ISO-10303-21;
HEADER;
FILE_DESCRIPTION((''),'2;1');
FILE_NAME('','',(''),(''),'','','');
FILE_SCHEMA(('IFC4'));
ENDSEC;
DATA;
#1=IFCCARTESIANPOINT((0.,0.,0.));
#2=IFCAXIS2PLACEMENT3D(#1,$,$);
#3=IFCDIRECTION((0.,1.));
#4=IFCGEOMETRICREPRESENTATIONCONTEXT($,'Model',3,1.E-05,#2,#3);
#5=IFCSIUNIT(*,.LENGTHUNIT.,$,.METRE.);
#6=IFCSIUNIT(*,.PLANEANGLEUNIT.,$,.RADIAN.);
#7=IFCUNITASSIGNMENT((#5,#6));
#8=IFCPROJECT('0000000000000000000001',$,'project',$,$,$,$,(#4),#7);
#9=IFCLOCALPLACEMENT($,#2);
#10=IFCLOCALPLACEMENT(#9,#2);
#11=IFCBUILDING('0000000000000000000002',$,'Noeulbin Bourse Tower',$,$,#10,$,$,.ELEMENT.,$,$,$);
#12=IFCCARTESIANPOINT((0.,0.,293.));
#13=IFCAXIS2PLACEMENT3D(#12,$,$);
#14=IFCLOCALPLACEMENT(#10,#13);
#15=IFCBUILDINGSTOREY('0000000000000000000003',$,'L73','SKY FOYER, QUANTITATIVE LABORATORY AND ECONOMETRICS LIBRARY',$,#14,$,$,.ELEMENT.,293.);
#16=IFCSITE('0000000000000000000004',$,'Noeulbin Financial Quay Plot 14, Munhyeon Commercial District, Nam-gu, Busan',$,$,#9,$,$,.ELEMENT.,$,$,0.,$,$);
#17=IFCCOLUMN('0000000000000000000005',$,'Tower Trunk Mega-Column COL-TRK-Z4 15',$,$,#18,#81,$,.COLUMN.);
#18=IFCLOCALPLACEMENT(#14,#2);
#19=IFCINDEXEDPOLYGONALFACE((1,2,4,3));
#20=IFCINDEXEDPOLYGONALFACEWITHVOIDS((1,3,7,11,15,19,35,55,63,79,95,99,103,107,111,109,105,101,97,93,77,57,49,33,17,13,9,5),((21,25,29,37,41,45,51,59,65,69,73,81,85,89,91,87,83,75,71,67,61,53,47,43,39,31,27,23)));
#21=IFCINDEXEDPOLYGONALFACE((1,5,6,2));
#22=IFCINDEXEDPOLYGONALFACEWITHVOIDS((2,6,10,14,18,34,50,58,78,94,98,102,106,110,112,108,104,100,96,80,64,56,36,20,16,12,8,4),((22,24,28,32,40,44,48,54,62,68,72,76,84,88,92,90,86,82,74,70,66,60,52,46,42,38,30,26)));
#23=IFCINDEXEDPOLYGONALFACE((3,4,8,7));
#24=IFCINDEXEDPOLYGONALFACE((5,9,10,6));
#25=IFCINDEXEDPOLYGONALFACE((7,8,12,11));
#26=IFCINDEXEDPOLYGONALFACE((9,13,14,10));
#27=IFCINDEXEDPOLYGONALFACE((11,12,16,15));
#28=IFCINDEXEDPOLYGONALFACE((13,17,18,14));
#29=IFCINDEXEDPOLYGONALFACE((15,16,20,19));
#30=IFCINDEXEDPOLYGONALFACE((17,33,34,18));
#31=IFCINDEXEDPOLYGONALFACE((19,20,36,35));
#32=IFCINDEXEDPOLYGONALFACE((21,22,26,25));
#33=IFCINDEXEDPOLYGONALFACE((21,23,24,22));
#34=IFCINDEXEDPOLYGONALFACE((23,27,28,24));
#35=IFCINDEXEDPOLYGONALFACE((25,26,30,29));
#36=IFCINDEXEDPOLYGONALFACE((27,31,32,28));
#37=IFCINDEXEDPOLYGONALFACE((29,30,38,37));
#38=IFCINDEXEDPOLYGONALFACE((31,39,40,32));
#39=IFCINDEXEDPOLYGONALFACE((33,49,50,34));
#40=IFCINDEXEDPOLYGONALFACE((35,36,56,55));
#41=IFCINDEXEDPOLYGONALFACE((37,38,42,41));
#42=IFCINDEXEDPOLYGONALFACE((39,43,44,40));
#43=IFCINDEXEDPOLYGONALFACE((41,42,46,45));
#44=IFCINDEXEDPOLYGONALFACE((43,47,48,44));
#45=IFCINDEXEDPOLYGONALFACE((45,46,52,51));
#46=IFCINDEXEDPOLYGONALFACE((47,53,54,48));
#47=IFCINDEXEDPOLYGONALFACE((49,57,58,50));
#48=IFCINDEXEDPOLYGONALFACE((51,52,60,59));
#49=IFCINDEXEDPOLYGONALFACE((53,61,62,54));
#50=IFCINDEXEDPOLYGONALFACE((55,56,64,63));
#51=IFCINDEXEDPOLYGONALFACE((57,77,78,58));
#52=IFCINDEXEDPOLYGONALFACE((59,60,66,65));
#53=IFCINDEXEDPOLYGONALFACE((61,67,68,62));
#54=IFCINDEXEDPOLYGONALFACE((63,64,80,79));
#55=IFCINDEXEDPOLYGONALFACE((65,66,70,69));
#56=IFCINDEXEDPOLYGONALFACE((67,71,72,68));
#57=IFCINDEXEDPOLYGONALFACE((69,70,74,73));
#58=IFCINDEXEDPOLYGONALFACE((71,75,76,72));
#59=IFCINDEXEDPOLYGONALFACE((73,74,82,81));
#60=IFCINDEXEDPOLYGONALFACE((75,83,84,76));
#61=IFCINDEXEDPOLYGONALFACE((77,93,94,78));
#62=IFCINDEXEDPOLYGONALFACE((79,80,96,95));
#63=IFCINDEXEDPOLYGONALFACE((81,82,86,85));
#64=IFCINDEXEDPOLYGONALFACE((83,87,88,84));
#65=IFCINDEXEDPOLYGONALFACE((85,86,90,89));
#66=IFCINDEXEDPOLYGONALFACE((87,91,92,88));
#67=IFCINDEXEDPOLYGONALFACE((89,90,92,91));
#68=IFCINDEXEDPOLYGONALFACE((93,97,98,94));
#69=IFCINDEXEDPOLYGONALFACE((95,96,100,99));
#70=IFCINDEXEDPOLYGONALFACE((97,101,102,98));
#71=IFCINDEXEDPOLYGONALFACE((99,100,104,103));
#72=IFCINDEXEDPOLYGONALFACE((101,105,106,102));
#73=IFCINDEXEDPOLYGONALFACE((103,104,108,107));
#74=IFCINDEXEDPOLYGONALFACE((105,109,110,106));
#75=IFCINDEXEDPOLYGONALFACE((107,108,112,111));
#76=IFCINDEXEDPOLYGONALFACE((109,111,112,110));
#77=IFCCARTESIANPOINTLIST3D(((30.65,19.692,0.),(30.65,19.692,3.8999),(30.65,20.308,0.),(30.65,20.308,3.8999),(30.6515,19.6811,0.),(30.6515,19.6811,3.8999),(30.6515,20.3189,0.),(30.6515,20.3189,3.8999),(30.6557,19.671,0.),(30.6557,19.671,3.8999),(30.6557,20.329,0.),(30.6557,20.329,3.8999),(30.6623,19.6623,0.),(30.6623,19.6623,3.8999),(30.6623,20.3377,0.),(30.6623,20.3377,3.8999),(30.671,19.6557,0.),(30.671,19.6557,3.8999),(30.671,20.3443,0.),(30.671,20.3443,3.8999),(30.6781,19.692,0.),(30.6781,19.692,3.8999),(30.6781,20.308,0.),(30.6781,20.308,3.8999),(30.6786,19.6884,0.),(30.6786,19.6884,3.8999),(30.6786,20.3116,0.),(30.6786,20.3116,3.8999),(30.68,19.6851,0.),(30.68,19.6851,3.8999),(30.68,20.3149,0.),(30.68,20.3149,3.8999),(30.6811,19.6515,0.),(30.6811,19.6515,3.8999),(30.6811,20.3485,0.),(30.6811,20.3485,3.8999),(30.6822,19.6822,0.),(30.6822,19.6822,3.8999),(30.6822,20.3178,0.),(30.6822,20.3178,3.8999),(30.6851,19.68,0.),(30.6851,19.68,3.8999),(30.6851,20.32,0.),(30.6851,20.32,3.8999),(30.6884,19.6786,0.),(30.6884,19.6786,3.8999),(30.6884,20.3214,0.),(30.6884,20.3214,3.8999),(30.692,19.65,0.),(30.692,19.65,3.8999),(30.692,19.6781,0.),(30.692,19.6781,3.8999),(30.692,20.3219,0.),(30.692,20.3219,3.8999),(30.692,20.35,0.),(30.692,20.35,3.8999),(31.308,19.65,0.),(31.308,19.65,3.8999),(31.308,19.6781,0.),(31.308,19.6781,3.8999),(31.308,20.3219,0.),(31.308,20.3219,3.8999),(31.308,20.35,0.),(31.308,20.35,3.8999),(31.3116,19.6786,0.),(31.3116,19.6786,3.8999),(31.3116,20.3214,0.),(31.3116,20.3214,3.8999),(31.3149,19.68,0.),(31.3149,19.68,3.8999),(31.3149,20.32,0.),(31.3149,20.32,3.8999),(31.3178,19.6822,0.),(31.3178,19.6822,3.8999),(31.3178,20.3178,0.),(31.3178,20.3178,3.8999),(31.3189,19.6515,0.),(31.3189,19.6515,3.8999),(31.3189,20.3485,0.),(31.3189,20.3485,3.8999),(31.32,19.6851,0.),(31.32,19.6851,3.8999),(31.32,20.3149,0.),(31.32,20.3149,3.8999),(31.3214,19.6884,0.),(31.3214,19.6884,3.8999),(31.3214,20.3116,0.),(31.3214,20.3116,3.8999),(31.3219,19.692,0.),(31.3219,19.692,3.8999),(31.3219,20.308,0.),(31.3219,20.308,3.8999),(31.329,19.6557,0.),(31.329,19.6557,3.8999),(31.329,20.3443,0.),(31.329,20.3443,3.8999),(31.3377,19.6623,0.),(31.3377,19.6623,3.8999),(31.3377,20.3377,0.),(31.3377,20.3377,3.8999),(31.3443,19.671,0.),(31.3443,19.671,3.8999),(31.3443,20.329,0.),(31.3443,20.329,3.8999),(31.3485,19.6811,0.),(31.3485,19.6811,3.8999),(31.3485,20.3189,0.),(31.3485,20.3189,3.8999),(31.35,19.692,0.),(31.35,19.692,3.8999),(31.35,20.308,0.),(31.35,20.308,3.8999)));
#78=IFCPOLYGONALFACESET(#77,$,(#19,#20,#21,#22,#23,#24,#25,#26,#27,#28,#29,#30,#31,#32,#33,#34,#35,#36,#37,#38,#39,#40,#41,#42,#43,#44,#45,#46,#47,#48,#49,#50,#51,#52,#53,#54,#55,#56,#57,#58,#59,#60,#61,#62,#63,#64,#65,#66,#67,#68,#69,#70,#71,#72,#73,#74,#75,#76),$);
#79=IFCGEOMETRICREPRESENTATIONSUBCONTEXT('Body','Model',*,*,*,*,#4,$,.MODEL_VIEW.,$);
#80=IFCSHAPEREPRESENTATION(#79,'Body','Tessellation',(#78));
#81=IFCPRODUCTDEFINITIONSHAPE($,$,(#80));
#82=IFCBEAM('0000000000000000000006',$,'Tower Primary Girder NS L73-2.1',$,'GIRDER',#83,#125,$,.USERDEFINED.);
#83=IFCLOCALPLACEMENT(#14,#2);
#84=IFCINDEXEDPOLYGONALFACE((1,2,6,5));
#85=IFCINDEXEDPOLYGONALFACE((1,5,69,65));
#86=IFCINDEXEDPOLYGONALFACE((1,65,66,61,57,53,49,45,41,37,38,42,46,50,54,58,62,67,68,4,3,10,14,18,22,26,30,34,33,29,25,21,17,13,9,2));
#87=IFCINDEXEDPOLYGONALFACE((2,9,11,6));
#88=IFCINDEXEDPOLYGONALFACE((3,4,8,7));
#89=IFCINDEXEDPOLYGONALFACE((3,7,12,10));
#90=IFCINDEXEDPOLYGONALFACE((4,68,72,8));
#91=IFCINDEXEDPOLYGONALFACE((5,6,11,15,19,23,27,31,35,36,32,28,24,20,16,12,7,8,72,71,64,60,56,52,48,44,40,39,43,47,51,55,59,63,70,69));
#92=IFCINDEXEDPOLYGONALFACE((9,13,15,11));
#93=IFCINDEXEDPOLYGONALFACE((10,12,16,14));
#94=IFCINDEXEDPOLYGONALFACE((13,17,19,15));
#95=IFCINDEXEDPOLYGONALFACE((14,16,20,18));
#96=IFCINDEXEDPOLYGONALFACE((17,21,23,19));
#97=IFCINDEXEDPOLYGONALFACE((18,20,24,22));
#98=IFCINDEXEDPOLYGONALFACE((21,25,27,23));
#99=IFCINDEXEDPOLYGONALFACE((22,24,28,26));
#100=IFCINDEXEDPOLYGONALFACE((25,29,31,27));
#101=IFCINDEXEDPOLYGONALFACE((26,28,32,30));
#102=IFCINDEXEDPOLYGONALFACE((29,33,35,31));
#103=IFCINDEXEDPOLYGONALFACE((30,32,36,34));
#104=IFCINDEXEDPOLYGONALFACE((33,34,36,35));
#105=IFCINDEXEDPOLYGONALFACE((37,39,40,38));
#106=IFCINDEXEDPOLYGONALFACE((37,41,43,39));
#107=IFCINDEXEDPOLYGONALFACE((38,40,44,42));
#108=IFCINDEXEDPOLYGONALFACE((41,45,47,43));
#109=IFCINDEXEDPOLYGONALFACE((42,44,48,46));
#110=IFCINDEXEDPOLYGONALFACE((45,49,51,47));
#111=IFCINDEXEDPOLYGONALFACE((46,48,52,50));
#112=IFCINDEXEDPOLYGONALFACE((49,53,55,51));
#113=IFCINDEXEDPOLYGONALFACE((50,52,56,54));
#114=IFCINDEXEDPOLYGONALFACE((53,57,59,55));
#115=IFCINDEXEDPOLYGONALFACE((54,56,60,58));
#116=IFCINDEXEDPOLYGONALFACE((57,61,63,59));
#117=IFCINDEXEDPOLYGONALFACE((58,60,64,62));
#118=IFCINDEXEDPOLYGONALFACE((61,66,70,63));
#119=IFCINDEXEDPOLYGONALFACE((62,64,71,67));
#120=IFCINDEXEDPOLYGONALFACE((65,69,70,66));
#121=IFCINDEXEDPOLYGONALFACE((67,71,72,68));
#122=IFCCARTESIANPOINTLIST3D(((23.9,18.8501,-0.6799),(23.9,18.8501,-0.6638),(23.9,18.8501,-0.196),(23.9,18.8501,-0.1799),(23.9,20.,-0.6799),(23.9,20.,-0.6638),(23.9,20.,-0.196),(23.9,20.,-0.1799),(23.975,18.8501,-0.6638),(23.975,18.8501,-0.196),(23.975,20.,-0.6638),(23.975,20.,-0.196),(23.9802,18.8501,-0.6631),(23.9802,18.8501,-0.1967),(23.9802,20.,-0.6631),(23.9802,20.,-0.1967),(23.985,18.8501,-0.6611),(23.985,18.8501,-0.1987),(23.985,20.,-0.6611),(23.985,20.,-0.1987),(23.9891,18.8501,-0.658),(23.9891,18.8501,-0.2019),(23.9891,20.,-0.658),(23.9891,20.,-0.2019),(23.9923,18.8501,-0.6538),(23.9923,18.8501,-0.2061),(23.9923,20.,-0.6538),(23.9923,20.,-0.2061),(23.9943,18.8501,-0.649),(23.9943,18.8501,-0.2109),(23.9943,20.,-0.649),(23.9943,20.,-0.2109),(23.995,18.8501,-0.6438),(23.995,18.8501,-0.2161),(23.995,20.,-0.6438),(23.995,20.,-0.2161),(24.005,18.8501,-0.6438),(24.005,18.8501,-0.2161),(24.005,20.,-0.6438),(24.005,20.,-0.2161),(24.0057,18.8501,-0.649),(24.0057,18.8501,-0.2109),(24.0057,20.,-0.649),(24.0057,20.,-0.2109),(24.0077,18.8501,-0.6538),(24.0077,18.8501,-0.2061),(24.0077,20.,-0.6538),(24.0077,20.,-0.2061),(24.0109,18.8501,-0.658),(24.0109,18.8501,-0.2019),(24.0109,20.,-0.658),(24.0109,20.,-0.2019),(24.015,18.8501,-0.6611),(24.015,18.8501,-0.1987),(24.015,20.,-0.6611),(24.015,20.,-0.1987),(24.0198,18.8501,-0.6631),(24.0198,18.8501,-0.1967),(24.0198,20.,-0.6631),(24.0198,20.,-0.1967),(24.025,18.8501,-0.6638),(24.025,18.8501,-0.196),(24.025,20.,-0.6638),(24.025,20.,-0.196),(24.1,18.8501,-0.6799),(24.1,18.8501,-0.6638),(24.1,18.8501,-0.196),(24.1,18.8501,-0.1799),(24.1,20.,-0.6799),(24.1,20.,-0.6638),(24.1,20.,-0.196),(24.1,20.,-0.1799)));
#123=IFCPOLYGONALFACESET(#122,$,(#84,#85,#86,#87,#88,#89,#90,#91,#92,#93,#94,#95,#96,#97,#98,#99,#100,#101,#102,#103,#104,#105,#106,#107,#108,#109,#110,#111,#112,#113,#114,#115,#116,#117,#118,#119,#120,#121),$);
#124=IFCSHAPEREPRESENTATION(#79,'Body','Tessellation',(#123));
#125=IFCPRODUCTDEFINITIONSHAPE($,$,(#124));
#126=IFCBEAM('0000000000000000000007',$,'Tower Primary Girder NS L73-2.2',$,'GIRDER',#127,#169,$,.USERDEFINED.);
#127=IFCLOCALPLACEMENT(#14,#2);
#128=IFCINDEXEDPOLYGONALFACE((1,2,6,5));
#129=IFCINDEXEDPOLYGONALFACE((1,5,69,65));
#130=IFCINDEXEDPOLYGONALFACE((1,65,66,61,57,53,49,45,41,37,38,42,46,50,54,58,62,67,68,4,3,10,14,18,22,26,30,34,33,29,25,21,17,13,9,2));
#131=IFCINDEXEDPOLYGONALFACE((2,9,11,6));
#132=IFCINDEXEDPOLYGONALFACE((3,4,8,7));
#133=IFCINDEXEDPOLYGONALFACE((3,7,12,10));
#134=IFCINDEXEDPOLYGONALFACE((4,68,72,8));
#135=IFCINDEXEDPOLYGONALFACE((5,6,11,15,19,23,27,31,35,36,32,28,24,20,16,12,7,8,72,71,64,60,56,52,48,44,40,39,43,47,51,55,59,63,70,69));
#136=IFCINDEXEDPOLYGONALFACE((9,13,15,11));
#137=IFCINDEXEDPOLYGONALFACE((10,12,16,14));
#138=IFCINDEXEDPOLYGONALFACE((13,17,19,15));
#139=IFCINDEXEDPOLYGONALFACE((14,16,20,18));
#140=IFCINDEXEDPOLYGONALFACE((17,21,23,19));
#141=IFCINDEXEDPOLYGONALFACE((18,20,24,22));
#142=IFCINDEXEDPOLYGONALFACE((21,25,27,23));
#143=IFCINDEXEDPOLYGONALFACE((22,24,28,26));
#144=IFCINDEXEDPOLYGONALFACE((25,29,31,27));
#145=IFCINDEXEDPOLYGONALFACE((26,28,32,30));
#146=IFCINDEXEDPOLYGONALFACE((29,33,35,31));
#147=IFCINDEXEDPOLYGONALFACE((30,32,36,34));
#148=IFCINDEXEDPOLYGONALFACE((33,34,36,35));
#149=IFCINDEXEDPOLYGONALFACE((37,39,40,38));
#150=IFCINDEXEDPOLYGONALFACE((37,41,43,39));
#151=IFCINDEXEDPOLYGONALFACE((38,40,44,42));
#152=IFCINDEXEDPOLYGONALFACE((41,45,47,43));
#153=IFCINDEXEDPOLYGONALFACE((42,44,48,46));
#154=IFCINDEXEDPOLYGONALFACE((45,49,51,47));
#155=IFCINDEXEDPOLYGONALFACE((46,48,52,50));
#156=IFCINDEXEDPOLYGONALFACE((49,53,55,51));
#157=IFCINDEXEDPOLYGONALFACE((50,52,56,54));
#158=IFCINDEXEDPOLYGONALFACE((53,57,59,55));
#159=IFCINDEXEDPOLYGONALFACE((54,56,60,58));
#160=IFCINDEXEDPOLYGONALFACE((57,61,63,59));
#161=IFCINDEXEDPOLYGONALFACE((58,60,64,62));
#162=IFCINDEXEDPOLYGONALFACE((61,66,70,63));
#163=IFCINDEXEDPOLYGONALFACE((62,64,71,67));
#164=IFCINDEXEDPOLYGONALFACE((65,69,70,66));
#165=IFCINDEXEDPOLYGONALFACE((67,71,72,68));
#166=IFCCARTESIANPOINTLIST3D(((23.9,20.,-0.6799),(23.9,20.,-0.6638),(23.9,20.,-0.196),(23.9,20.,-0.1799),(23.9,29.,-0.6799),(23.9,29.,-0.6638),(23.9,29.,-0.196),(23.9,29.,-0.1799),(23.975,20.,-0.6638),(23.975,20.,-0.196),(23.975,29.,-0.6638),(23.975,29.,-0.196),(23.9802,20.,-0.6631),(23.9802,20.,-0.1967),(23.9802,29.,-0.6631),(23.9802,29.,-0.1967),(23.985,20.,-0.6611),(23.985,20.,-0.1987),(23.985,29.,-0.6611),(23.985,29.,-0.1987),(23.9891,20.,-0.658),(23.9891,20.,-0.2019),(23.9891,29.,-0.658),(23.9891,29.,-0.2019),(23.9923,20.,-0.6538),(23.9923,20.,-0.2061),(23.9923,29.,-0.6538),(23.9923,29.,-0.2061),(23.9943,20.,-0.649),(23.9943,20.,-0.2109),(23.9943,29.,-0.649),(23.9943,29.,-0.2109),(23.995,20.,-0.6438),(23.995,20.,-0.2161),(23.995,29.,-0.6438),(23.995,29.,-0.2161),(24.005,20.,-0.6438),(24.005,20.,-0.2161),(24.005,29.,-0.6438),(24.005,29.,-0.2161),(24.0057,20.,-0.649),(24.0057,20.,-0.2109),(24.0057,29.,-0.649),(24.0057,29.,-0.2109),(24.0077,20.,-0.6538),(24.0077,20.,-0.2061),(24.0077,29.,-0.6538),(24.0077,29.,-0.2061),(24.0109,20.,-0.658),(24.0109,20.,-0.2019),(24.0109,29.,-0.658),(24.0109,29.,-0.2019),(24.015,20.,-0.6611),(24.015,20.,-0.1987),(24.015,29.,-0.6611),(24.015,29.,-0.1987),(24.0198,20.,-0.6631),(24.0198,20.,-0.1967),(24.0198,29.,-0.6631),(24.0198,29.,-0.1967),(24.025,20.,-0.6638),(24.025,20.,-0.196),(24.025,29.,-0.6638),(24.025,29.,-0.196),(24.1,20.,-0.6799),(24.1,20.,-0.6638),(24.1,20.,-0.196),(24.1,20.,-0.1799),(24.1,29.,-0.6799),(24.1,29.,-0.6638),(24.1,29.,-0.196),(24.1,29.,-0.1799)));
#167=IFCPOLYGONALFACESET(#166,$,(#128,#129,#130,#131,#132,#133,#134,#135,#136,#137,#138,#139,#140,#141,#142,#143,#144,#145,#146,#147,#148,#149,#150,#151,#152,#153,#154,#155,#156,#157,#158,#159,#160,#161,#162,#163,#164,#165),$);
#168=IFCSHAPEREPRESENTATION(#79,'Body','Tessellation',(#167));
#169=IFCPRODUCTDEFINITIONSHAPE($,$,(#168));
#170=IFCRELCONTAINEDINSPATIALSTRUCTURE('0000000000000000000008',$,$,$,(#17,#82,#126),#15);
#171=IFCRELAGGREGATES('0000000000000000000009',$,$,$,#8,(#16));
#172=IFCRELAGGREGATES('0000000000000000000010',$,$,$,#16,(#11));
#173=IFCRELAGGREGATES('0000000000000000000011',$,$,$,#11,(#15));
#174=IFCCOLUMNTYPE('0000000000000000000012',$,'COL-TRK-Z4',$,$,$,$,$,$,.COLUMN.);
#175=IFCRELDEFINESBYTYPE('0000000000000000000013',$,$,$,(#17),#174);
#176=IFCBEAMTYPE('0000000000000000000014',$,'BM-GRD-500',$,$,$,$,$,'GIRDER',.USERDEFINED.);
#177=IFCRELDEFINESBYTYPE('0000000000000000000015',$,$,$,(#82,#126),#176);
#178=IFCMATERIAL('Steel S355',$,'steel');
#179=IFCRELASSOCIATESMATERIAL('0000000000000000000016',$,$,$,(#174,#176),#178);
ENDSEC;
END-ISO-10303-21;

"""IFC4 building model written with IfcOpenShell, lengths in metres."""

from ifc_helpers import new_model, si_unit, direction, frame, origin, origin_2d, place, context, subcontext, project, spatial, hollow_rectangle, i_section, extrude, material, material_profile, profile_set, type_object, element, save


model = new_model("IFC4")

# Units and contexts
model_context = context("Model", 3, precision=1e-05, world=origin(), true_north=direction((0.0, 1.0)))
body_context = subcontext(model_context, "Body", "Model", "MODEL_VIEW")
ifc_project = project(units=[si_unit("LENGTHUNIT", "METRE"), si_unit("PLANEANGLEUNIT", "RADIAN")], contexts=[model_context])

# Site, building, storey
site_placement = place(None, origin())
site = spatial("IfcSite", under=ifc_project, at=site_placement, Name="Noeulbin Financial Quay Plot 14, Munhyeon Commercial District, Nam-gu, Busan", CompositionType="ELEMENT", RefElevation=0.0)
building_placement = place(site_placement, origin())
building = spatial("IfcBuilding", under=site, at=building_placement, Name="Noeulbin Bourse Tower", CompositionType="ELEMENT")
storey_placement = place(building_placement, frame((0.0, 0.0, 293.0)))
storey = spatial("IfcBuildingStorey", under=building, at=storey_placement, Name="L73", Description="SKY FOYER, QUANTITATIVE LABORATORY AND ECONOMETRICS LIBRARY", CompositionType="ELEMENT", Elevation=293.0)

# Column
ifc_material_1 = material(Name="Steel S355", Category="steel")
ifc_material_profile_1 = material_profile(ifc_material_1, hollow_rectangle(XDim=0.7, YDim=0.7, WallThickness=0.0281, InnerFilletRadius=0.0139, OuterFilletRadius=0.042, at=origin_2d()), Name="BOX-700x700x28", Category="LoadBearing")
ifc_profile_set_1 = profile_set([ifc_material_profile_1], Name="Steel S355")
column_type = type_object("IfcColumnType", Name="COL-TRK-Z4", PredefinedType="COLUMN", material=ifc_profile_set_1)
for number, where, z_axis, x_axis, name in (
    (1, (31.0, 20.0, 0.0), (0.0, 0.0, 1.0), (1.0, 0.0, 0.0), "Tower Trunk Mega-Column COL-TRK-Z4 15"),
):
    element("IfcColumn", number, at=place(storey_placement, frame(where, z_axis=z_axis, x_axis=x_axis)), inside=storey, type_object=column_type, Name=name, PredefinedType="COLUMN", context=body_context, shape_type="SweptSolid", body=[
        extrude(hollow_rectangle(XDim=0.7, YDim=0.7, WallThickness=0.0281, InnerFilletRadius=0.0139, OuterFilletRadius=0.042, at=origin_2d()), origin(), (0.0, 0.0, 1.0), 3.8999),
    ])

# Beams
ifc_material_profile_2 = material_profile(ifc_material_1, i_section(OverallWidth=0.2, OverallDepth=0.5, WebThickness=0.01, FlangeThickness=0.0161, FilletRadius=0.02, at=origin_2d()), Name="H-500x200x10x16", Category="LoadBearing")
ifc_profile_set_2 = profile_set([ifc_material_profile_2], Name="Steel S355")
beam_type_1 = type_object("IfcBeamType", Name="BM-GRD-500", ElementType="GIRDER", PredefinedType="USERDEFINED", material=ifc_profile_set_2)
beam_1_placement = place(storey_placement, frame((24.0, 18.8501, -0.4299), z_axis=(0.0, 1.0, 0.0), x_axis=(-1.0, 0.0, 0.0)))
element("IfcBeam", 2, at=beam_1_placement, inside=storey, type_object=beam_type_1, Name="Tower Primary Girder NS L73-2.1", ObjectType="GIRDER", PredefinedType="USERDEFINED", context=body_context, shape_type="SweptSolid", body=[
    extrude(i_section(OverallWidth=0.2, OverallDepth=0.5, WebThickness=0.01, FlangeThickness=0.0161, FilletRadius=0.02, at=origin_2d()), origin(), (0.0, 0.0, 1.0), 1.1499),
])
beam_2_placement = place(storey_placement, frame((24.0, 20.0, -0.4299), z_axis=(0.0, 1.0, 0.0), x_axis=(-1.0, 0.0, 0.0)))
element("IfcBeam", 3, at=beam_2_placement, inside=storey, type_object=beam_type_1, Name="Tower Primary Girder NS L73-2.2", ObjectType="GIRDER", PredefinedType="USERDEFINED", context=body_context, shape_type="SweptSolid", body=[
    extrude(i_section(OverallWidth=0.2, OverallDepth=0.5, WebThickness=0.01, FlangeThickness=0.0161, FilletRadius=0.02, at=origin_2d()), origin(), (0.0, 0.0, 1.0), 9.0),
])

save(model, "model.ifc")
